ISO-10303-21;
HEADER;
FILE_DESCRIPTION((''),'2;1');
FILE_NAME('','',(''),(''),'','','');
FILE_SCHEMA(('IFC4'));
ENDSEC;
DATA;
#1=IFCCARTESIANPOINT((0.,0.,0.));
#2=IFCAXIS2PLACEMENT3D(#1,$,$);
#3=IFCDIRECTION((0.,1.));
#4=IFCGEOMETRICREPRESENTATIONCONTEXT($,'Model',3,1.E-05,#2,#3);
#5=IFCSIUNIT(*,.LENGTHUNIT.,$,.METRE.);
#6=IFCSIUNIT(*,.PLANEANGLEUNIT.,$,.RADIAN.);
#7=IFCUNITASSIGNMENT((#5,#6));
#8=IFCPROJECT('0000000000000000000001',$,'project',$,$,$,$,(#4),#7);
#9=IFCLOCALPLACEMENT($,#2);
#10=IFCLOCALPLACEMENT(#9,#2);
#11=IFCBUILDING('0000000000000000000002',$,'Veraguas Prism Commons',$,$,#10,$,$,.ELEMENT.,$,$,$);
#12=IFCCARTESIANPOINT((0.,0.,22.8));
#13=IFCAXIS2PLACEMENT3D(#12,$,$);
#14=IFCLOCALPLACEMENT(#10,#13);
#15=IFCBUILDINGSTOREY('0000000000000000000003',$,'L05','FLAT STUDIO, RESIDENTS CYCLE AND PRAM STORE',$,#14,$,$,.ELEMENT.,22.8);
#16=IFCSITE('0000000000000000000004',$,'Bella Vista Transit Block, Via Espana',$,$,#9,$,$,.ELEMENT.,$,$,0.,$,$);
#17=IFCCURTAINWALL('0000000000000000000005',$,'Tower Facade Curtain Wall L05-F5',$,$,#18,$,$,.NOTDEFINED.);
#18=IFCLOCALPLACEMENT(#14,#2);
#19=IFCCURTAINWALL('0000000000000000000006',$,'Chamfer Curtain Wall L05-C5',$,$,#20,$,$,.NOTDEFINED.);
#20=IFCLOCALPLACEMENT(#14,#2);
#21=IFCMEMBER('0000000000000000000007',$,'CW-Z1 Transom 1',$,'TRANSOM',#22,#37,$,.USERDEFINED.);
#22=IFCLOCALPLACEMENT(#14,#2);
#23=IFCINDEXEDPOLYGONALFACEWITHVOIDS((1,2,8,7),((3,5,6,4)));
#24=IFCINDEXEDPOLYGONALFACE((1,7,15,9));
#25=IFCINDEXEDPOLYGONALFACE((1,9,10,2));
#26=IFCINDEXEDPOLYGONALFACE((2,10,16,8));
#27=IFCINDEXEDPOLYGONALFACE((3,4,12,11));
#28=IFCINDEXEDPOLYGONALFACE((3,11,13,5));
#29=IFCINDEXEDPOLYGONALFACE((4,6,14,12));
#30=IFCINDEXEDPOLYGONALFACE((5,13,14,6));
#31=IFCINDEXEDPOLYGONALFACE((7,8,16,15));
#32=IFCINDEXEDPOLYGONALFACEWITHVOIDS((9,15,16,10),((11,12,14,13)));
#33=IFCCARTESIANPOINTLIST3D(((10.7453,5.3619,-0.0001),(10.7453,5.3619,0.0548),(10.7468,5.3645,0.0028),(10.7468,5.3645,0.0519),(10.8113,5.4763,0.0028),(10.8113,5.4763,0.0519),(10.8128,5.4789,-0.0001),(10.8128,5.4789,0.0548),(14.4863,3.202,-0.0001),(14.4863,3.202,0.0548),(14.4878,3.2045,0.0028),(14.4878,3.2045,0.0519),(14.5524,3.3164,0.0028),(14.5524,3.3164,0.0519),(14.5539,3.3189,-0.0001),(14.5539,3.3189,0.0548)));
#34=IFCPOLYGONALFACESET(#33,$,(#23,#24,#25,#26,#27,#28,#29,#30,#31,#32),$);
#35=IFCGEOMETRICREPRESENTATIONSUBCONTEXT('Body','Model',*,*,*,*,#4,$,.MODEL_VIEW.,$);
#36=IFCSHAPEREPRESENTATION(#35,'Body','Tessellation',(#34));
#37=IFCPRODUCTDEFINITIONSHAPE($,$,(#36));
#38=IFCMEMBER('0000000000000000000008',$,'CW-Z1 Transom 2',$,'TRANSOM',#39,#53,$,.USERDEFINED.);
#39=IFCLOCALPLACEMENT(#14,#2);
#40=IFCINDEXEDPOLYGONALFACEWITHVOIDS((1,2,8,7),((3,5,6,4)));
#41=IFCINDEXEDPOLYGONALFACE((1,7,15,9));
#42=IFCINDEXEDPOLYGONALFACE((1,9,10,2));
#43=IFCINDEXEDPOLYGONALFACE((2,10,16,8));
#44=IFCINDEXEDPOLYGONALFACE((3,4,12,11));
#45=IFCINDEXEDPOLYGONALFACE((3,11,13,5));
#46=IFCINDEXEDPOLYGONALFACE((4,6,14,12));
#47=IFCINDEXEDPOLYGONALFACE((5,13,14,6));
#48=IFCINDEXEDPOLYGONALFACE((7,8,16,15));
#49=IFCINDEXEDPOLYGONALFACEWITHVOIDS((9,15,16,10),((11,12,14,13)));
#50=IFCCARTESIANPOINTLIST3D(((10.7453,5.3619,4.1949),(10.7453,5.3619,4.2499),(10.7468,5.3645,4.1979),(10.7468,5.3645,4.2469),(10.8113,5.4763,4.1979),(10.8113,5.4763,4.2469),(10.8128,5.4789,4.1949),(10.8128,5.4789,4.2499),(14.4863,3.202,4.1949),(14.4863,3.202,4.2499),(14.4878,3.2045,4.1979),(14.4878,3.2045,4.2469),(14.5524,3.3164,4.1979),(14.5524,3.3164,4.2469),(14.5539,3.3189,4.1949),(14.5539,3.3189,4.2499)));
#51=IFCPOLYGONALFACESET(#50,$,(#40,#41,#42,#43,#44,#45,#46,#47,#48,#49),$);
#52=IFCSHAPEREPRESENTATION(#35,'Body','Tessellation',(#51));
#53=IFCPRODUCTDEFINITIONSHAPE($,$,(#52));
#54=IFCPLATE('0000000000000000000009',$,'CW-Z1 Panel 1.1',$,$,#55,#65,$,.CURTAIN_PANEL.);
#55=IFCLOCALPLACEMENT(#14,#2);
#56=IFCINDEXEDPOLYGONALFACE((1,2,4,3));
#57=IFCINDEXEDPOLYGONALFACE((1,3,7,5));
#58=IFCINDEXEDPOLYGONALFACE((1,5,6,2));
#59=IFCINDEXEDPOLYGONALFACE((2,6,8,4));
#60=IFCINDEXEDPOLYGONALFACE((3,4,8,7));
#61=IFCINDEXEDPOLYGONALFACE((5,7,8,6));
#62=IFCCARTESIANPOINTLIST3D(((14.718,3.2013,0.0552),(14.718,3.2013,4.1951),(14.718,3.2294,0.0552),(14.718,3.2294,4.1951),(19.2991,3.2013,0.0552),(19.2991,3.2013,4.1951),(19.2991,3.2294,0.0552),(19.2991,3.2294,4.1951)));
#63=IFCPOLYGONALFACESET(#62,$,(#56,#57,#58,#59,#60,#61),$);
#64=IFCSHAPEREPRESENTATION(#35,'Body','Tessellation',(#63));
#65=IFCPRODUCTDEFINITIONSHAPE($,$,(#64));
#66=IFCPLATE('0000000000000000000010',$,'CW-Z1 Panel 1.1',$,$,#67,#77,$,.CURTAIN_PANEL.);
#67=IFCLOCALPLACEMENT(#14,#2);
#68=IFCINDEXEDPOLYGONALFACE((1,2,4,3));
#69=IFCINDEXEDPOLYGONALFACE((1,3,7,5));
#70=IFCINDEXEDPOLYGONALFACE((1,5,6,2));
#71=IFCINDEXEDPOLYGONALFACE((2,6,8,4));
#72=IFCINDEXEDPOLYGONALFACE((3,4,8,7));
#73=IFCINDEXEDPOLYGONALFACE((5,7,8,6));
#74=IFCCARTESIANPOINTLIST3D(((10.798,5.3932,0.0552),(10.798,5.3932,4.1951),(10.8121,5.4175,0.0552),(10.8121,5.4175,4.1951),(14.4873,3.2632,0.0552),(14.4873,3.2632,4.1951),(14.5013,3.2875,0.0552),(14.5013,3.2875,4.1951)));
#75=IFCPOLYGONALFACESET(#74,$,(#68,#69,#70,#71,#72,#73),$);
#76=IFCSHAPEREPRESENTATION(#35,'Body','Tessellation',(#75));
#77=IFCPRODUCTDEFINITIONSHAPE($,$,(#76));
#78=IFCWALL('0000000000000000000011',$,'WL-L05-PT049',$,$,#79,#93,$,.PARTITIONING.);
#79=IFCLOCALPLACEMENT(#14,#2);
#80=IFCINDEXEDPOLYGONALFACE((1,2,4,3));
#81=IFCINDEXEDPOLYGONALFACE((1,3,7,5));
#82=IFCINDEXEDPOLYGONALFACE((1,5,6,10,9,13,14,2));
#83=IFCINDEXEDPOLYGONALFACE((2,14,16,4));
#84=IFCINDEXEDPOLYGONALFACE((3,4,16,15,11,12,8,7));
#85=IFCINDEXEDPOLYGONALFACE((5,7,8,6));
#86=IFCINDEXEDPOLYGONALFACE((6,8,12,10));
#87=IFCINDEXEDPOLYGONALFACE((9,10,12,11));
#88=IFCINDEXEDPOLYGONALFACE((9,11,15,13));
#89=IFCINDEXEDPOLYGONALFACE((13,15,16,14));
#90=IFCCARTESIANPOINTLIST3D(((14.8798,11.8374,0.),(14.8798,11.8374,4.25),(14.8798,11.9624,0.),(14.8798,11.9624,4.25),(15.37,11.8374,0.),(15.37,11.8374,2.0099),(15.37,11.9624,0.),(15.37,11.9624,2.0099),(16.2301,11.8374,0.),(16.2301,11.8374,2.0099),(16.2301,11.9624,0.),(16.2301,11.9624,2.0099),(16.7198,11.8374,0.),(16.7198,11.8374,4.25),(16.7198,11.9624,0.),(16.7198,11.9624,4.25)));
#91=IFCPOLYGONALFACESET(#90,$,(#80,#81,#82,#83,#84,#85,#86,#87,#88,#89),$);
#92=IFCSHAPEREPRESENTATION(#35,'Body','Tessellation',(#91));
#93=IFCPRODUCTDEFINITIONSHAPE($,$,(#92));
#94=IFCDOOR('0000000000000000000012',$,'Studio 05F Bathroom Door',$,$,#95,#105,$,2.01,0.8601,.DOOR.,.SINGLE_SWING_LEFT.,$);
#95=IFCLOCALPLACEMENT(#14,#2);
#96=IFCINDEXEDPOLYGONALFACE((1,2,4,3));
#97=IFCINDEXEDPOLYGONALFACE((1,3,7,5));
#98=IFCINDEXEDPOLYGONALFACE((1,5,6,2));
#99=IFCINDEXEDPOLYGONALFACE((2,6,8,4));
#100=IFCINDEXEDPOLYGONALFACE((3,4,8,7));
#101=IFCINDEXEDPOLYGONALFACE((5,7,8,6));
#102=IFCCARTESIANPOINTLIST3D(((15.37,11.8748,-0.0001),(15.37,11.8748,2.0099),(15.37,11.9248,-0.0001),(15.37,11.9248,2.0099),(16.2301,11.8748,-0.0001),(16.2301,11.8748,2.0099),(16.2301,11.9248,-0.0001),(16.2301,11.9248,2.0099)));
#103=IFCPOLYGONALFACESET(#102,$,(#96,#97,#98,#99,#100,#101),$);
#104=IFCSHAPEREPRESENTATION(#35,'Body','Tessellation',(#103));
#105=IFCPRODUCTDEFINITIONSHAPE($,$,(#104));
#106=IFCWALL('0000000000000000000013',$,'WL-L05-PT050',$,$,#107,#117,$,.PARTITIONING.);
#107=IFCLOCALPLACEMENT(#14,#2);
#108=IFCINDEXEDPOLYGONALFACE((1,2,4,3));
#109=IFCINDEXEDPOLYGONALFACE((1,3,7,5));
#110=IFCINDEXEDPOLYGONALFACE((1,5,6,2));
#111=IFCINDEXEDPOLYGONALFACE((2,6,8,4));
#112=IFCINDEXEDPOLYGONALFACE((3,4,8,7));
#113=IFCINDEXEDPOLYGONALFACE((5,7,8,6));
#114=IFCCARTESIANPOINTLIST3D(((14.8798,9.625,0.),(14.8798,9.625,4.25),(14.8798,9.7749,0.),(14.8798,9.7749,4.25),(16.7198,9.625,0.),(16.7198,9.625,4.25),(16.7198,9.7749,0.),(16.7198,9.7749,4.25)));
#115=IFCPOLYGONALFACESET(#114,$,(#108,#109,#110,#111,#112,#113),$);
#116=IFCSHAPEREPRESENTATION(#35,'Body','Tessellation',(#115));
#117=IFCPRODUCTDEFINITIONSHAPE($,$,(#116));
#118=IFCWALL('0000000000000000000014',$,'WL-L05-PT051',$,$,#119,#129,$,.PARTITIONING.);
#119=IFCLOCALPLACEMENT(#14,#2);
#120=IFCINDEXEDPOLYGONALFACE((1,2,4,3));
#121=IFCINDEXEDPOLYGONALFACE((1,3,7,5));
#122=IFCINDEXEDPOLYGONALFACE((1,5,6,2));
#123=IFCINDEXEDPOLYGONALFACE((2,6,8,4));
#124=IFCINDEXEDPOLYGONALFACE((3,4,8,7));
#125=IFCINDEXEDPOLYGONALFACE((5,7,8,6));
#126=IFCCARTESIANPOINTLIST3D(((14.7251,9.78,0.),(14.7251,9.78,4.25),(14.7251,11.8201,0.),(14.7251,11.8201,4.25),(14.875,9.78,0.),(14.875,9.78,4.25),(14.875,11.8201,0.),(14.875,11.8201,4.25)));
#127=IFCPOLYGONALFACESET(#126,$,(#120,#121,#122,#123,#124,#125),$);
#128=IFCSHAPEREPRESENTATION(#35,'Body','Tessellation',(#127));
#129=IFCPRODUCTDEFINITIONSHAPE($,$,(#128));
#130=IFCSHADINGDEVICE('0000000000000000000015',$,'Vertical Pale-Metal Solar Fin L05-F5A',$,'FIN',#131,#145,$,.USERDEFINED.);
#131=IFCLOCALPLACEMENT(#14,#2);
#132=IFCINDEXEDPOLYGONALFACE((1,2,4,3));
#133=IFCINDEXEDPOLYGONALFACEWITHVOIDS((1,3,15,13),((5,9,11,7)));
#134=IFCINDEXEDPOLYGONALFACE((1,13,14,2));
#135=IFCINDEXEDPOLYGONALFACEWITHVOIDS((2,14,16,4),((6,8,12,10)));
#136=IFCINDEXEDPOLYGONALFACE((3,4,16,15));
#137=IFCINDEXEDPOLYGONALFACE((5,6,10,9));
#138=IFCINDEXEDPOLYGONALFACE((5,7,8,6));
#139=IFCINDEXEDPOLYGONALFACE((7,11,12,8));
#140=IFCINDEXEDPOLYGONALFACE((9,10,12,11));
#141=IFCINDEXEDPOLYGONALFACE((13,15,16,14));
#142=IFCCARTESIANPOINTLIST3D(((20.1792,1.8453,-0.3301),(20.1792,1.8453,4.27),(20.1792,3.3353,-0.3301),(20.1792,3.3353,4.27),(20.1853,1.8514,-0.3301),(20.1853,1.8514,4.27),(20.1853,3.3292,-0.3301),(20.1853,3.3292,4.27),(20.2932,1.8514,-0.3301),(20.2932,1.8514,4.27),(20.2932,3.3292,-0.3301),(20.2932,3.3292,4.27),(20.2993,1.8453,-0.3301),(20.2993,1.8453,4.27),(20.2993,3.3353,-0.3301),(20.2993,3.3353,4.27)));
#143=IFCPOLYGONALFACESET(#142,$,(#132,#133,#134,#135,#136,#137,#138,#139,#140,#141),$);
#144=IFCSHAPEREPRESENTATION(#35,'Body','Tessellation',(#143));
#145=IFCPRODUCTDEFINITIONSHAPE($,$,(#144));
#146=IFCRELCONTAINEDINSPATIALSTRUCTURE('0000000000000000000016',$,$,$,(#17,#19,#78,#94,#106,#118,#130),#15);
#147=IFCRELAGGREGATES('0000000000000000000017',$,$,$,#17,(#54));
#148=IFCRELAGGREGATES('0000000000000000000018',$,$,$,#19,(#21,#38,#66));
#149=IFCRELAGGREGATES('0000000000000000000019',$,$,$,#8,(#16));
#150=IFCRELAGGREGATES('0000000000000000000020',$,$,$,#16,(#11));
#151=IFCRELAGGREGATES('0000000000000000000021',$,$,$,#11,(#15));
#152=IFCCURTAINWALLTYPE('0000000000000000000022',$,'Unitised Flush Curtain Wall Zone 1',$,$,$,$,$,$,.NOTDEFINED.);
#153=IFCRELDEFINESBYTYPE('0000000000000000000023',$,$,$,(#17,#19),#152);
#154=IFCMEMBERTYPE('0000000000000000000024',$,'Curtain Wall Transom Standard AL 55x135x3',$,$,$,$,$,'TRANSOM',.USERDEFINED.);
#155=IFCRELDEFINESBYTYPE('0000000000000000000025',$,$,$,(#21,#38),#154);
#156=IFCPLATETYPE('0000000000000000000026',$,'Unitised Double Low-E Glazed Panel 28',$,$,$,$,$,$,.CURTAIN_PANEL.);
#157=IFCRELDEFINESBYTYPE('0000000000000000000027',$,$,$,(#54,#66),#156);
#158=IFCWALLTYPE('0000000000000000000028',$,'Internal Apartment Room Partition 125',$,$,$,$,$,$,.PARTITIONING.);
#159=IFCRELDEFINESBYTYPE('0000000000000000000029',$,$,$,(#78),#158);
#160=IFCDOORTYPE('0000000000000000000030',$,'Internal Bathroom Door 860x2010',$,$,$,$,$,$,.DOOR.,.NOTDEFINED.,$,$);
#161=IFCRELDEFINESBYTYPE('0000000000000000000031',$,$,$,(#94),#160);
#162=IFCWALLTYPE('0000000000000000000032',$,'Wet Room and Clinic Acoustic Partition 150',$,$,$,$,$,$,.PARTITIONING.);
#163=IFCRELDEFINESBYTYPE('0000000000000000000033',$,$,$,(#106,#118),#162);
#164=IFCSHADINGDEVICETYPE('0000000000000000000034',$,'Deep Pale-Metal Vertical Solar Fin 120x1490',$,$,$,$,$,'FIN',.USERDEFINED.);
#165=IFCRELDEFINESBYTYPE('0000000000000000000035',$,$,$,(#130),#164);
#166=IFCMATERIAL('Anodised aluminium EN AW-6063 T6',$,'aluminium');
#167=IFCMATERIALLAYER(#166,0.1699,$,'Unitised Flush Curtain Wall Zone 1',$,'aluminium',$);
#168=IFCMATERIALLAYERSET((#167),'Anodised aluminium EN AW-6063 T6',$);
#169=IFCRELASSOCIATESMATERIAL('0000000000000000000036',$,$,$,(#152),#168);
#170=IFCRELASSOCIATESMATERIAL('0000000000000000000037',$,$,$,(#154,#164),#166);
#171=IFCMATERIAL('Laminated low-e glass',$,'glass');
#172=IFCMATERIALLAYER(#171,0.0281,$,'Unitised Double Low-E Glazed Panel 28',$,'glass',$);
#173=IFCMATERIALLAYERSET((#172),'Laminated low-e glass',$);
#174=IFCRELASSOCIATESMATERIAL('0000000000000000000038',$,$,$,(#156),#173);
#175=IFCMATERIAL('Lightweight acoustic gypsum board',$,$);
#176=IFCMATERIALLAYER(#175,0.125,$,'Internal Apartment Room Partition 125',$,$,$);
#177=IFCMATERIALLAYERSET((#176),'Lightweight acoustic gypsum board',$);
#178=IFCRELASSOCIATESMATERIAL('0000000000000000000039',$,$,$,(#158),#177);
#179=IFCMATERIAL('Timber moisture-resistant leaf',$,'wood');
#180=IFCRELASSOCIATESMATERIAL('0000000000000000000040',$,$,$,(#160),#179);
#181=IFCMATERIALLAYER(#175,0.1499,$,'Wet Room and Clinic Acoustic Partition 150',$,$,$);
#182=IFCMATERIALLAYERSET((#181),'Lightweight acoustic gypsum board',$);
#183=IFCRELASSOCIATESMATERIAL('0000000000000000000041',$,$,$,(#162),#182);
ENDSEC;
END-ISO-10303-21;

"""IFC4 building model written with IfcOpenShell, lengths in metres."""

from ifc_helpers import new_model, si_unit, direction, frame, frame_2d, origin, origin_2d, place, context, subcontext, project, spatial, rectangle, hollow_rectangle, extrude, source, transform, mapped, material, layer, layer_set, material_profile, profile_set, type_object, element, fill, aggregate, save


model = new_model("IFC4")

# Units and contexts
model_context = context("Model", 3, precision=1e-05, world=origin(), true_north=direction((0.0, 1.0)))
body_context = subcontext(model_context, "Body", "Model", "MODEL_VIEW")
ifc_project = project(units=[si_unit("LENGTHUNIT", "METRE"), si_unit("PLANEANGLEUNIT", "RADIAN")], contexts=[model_context])

# Site, building, storey
site_placement = place(None, origin())
site = spatial("IfcSite", under=ifc_project, at=site_placement, Name="Bella Vista Transit Block, Via Espana", CompositionType="ELEMENT", RefElevation=0.0)
building_placement = place(site_placement, origin())
building = spatial("IfcBuilding", under=site, at=building_placement, Name="Veraguas Prism Commons", CompositionType="ELEMENT")
storey_placement = place(building_placement, frame((0.0, 0.0, 22.8)))
storey = spatial("IfcBuildingStorey", under=building, at=storey_placement, Name="L05", Description="FLAT STUDIO, RESIDENTS CYCLE AND PRAM STORE", CompositionType="ELEMENT", Elevation=22.8)

# Curtain walls
ifc_material_1 = material(Name="Anodised aluminium EN AW-6063 T6", Category="aluminium")
ifc_layer_1 = layer(ifc_material_1, 0.1699, Name="Unitised Flush Curtain Wall Zone 1", Category="aluminium")
ifc_layer_set_1 = layer_set([ifc_layer_1], Name="Anodised aluminium EN AW-6063 T6")
curtain_wall_type = type_object("IfcCurtainWallType", Name="Unitised Flush Curtain Wall Zone 1", PredefinedType="NOTDEFINED", material=ifc_layer_set_1)
curtain_wall_1_placement = place(storey_placement, origin())
curtain_wall_1 = element("IfcCurtainWall", 1, at=curtain_wall_1_placement, inside=storey, type_object=curtain_wall_type, Name="Tower Facade Curtain Wall L05-F5", PredefinedType="NOTDEFINED")
curtain_wall_2_placement = place(storey_placement, origin())
curtain_wall_2 = element("IfcCurtainWall", 2, at=curtain_wall_2_placement, inside=storey, type_object=curtain_wall_type, Name="Chamfer Curtain Wall L05-C5", PredefinedType="NOTDEFINED")

# Members
ifc_material_profile_1 = material_profile(ifc_material_1, hollow_rectangle(XDim=0.0549, YDim=0.135, WallThickness=0.0029, at=origin_2d()), Name="AL55X135X3")
ifc_profile_set_1 = profile_set([ifc_material_profile_1], Name="Anodised aluminium EN AW-6063 T6")
member_type_1 = type_object("IfcMemberType", Name="Curtain Wall Transom Standard AL 55x135x3", ElementType="TRANSOM", PredefinedType="USERDEFINED", material=ifc_profile_set_1)
shared_shape_1 = source(origin(), body_context, "Body", "SweptSolid", [
    extrude(hollow_rectangle(XDim=0.0549, YDim=0.135, WallThickness=0.0029, at=origin_2d()), origin(), (0.0, 0.0, 1.0), 4.3198),
])
member_1_placement = place(storey_placement, frame((10.7791, 5.4204, 0.0273), z_axis=(0.866019, -0.500011, 0.0), x_axis=(0.0, 0.0, 1.0)))
member_1 = element("IfcMember", 3, at=member_1_placement, type_object=member_type_1, Name="CW-Z1 Transom 1", ObjectType="TRANSOM", PredefinedType="USERDEFINED", context=body_context, shape_type="MappedRepresentation", body=[
    mapped(shared_shape_1, transform((0.0, 0.0, 0.0), scale=1.0)),
])
member_2_placement = place(storey_placement, frame((10.7791, 5.4204, 4.2224), z_axis=(0.866019, -0.500011, 0.0), x_axis=(0.0, 0.0, 1.0)))
member_2 = element("IfcMember", 4, at=member_2_placement, type_object=member_type_1, Name="CW-Z1 Transom 2", ObjectType="TRANSOM", PredefinedType="USERDEFINED", context=body_context, shape_type="MappedRepresentation", body=[
    mapped(shared_shape_1, transform((0.0, 0.0, 0.0), scale=1.0)),
])

# Plates
ifc_material_2 = material(Name="Laminated low-e glass", Category="glass")
ifc_layer_2 = layer(ifc_material_2, 0.0281, Name="Unitised Double Low-E Glazed Panel 28", Category="glass")
ifc_layer_set_2 = layer_set([ifc_layer_2], Name="Laminated low-e glass")
plate_type = type_object("IfcPlateType", Name="Unitised Double Low-E Glazed Panel 28", PredefinedType="CURTAIN_PANEL", material=ifc_layer_set_2)
shared_shape_2 = source(origin(), body_context, "Body", "SweptSolid", [
    extrude(rectangle(XDim=4.5811, YDim=0.0281, at=origin_2d()), origin(), (0.0, 0.0, 1.0), 4.1399),
])
plate_1_placement = place(storey_placement, frame((17.0085, 3.2153, 0.0552), z_axis=(0.0, 0.0, 1.0), x_axis=(1.0, 0.0, 0.0)))
plate_1 = element("IfcPlate", 5, at=plate_1_placement, type_object=plate_type, Name="CW-Z1 Panel 1.1", PredefinedType="CURTAIN_PANEL", context=body_context, shape_type="MappedRepresentation", body=[
    mapped(shared_shape_2, transform((0.0, 0.0, 0.0), scale=1.0)),
])
aggregate(curtain_wall_1, [plate_1])
shared_shape_3 = source(origin(), body_context, "Body", "SweptSolid", [
    extrude(rectangle(XDim=4.26, YDim=0.0281, at=origin_2d()), origin(), (0.0, 0.0, 1.0), 4.1399),
])
plate_2_placement = place(storey_placement, frame((12.6497, 4.3403, 0.0552), z_axis=(0.0, 0.0, 1.0), x_axis=(0.86602, -0.500009, 0.0)))
plate_2 = element("IfcPlate", 6, at=plate_2_placement, type_object=plate_type, Name="CW-Z1 Panel 1.1", PredefinedType="CURTAIN_PANEL", context=body_context, shape_type="MappedRepresentation", body=[
    mapped(shared_shape_3, transform((0.0, 0.0, 0.0), scale=1.0)),
])
aggregate(curtain_wall_2, [member_1, member_2, plate_2])

# Wall, opening, door
ifc_material_3 = material(Name="Lightweight acoustic gypsum board")
ifc_layer_3 = layer(ifc_material_3, 0.125, Name="Internal Apartment Room Partition 125")
ifc_layer_set_3 = layer_set([ifc_layer_3], Name="Lightweight acoustic gypsum board")
wall_type_1 = type_object("IfcWallType", Name="Internal Apartment Room Partition 125", PredefinedType="PARTITIONING", material=ifc_layer_set_3)
wall_1_placement = place(storey_placement, frame((14.8799, 11.8999, 0.0), z_axis=(0.0, 0.0, 1.0), x_axis=(1.0, 0.0, 0.0)))
wall_1 = element("IfcWall", 7, at=wall_1_placement, inside=storey, type_object=wall_type_1, Name="WL-L05-PT049", PredefinedType="PARTITIONING", context=body_context, shape_type="SweptSolid", body=[
    extrude(rectangle(XDim=1.8401, YDim=0.125, at=frame_2d((0.9199, 0.0))), origin(), (0.0, 0.0, 1.0), 4.25),
])
opening_placement = place(wall_1_placement, frame((0.49, 0.0, 0.0)))
opening = element("IfcOpeningElement", 8, at=opening_placement, cuts=wall_1, PredefinedType="OPENING", context=body_context, shape_type="SweptSolid", body=[
    extrude(rectangle(XDim=0.8601, YDim=2.01, at=frame_2d((0.4302, 1.0049))), frame((0.0, 0.0725, 0.0), z_axis=(0.0, -1.0, 0.0), x_axis=(1.0, 0.0, 0.0)), (0.0, 0.0, 1.0), 0.145),
])
ifc_material_4 = material(Name="Timber moisture-resistant leaf", Category="wood")
door_type = type_object("IfcDoorType", Name="Internal Bathroom Door 860x2010", OperationType="NOTDEFINED", PredefinedType="DOOR", material=ifc_material_4)
shared_shape_4 = source(origin(), body_context, "Body", "SweptSolid", [
    extrude(rectangle(XDim=0.8601, YDim=2.01, at=frame_2d((0.4302, 1.0049))), frame((0.0, 0.0249, 0.0), z_axis=(0.0, -1.0, 0.0), x_axis=(1.0, 0.0, 0.0)), (0.0, 0.0, 1.0), 0.05),
])
door_placement = place(opening_placement, origin())
door = element("IfcDoor", 9, at=door_placement, inside=storey, type_object=door_type, Name="Studio 05F Bathroom Door", OperationType="SINGLE_SWING_LEFT", OverallHeight=2.01, OverallWidth=0.8601, PredefinedType="DOOR", context=body_context, shape_type="MappedRepresentation", body=[
    mapped(shared_shape_4, transform((0.0, 0.0, 0.0), scale=1.0)),
])
fill(opening, door)

# Walls
ifc_layer_4 = layer(ifc_material_3, 0.1499, Name="Wet Room and Clinic Acoustic Partition 150")
ifc_layer_set_4 = layer_set([ifc_layer_4], Name="Lightweight acoustic gypsum board")
wall_type_2 = type_object("IfcWallType", Name="Wet Room and Clinic Acoustic Partition 150", PredefinedType="PARTITIONING", material=ifc_layer_set_4)
wall_2_placement = place(storey_placement, frame((14.8799, 9.7, 0.0), z_axis=(0.0, 0.0, 1.0), x_axis=(1.0, 0.0, 0.0)))
element("IfcWall", 10, at=wall_2_placement, inside=storey, type_object=wall_type_2, Name="WL-L05-PT050", PredefinedType="PARTITIONING", context=body_context, shape_type="SweptSolid", body=[
    extrude(rectangle(XDim=1.8401, YDim=0.1499, at=frame_2d((0.9199, 0.0))), origin(), (0.0, 0.0, 1.0), 4.25),
])
wall_3_placement = place(storey_placement, frame((14.8, 9.78, 0.0), z_axis=(0.0, 0.0, 1.0), x_axis=(0.0, 1.0, 0.0)))
element("IfcWall", 11, at=wall_3_placement, inside=storey, type_object=wall_type_2, Name="WL-L05-PT051", PredefinedType="PARTITIONING", context=body_context, shape_type="SweptSolid", body=[
    extrude(rectangle(XDim=2.04, YDim=0.1499, at=frame_2d((1.02, 0.0))), origin(), (0.0, 0.0, 1.0), 4.25),
])

# Shading device
ifc_material_profile_2 = material_profile(ifc_material_1, hollow_rectangle(XDim=0.1201, YDim=1.49, WallThickness=0.0061, at=origin_2d()), Name="FIN120X1490X6")
ifc_profile_set_2 = profile_set([ifc_material_profile_2], Name="Anodised aluminium EN AW-6063 T6")
shading_device_type = type_object("IfcShadingDeviceType", Name="Deep Pale-Metal Vertical Solar Fin 120x1490", ElementType="FIN", PredefinedType="USERDEFINED", material=ifc_profile_set_2)
shading_device_placement = place(storey_placement, frame((20.2393, 2.5903, -0.3301), z_axis=(0.0, 0.0, 1.0), x_axis=(1.0, 0.0, 0.0)))
element("IfcShadingDevice", 12, at=shading_device_placement, inside=storey, type_object=shading_device_type, Name="Vertical Pale-Metal Solar Fin L05-F5A", ObjectType="FIN", PredefinedType="USERDEFINED", context=body_context, shape_type="SweptSolid", body=[
    extrude(hollow_rectangle(XDim=0.1201, YDim=1.49, WallThickness=0.0061, at=origin_2d()), origin(), (0.0, 0.0, 1.0), 4.6001),
])

save(model, "model.ifc")
